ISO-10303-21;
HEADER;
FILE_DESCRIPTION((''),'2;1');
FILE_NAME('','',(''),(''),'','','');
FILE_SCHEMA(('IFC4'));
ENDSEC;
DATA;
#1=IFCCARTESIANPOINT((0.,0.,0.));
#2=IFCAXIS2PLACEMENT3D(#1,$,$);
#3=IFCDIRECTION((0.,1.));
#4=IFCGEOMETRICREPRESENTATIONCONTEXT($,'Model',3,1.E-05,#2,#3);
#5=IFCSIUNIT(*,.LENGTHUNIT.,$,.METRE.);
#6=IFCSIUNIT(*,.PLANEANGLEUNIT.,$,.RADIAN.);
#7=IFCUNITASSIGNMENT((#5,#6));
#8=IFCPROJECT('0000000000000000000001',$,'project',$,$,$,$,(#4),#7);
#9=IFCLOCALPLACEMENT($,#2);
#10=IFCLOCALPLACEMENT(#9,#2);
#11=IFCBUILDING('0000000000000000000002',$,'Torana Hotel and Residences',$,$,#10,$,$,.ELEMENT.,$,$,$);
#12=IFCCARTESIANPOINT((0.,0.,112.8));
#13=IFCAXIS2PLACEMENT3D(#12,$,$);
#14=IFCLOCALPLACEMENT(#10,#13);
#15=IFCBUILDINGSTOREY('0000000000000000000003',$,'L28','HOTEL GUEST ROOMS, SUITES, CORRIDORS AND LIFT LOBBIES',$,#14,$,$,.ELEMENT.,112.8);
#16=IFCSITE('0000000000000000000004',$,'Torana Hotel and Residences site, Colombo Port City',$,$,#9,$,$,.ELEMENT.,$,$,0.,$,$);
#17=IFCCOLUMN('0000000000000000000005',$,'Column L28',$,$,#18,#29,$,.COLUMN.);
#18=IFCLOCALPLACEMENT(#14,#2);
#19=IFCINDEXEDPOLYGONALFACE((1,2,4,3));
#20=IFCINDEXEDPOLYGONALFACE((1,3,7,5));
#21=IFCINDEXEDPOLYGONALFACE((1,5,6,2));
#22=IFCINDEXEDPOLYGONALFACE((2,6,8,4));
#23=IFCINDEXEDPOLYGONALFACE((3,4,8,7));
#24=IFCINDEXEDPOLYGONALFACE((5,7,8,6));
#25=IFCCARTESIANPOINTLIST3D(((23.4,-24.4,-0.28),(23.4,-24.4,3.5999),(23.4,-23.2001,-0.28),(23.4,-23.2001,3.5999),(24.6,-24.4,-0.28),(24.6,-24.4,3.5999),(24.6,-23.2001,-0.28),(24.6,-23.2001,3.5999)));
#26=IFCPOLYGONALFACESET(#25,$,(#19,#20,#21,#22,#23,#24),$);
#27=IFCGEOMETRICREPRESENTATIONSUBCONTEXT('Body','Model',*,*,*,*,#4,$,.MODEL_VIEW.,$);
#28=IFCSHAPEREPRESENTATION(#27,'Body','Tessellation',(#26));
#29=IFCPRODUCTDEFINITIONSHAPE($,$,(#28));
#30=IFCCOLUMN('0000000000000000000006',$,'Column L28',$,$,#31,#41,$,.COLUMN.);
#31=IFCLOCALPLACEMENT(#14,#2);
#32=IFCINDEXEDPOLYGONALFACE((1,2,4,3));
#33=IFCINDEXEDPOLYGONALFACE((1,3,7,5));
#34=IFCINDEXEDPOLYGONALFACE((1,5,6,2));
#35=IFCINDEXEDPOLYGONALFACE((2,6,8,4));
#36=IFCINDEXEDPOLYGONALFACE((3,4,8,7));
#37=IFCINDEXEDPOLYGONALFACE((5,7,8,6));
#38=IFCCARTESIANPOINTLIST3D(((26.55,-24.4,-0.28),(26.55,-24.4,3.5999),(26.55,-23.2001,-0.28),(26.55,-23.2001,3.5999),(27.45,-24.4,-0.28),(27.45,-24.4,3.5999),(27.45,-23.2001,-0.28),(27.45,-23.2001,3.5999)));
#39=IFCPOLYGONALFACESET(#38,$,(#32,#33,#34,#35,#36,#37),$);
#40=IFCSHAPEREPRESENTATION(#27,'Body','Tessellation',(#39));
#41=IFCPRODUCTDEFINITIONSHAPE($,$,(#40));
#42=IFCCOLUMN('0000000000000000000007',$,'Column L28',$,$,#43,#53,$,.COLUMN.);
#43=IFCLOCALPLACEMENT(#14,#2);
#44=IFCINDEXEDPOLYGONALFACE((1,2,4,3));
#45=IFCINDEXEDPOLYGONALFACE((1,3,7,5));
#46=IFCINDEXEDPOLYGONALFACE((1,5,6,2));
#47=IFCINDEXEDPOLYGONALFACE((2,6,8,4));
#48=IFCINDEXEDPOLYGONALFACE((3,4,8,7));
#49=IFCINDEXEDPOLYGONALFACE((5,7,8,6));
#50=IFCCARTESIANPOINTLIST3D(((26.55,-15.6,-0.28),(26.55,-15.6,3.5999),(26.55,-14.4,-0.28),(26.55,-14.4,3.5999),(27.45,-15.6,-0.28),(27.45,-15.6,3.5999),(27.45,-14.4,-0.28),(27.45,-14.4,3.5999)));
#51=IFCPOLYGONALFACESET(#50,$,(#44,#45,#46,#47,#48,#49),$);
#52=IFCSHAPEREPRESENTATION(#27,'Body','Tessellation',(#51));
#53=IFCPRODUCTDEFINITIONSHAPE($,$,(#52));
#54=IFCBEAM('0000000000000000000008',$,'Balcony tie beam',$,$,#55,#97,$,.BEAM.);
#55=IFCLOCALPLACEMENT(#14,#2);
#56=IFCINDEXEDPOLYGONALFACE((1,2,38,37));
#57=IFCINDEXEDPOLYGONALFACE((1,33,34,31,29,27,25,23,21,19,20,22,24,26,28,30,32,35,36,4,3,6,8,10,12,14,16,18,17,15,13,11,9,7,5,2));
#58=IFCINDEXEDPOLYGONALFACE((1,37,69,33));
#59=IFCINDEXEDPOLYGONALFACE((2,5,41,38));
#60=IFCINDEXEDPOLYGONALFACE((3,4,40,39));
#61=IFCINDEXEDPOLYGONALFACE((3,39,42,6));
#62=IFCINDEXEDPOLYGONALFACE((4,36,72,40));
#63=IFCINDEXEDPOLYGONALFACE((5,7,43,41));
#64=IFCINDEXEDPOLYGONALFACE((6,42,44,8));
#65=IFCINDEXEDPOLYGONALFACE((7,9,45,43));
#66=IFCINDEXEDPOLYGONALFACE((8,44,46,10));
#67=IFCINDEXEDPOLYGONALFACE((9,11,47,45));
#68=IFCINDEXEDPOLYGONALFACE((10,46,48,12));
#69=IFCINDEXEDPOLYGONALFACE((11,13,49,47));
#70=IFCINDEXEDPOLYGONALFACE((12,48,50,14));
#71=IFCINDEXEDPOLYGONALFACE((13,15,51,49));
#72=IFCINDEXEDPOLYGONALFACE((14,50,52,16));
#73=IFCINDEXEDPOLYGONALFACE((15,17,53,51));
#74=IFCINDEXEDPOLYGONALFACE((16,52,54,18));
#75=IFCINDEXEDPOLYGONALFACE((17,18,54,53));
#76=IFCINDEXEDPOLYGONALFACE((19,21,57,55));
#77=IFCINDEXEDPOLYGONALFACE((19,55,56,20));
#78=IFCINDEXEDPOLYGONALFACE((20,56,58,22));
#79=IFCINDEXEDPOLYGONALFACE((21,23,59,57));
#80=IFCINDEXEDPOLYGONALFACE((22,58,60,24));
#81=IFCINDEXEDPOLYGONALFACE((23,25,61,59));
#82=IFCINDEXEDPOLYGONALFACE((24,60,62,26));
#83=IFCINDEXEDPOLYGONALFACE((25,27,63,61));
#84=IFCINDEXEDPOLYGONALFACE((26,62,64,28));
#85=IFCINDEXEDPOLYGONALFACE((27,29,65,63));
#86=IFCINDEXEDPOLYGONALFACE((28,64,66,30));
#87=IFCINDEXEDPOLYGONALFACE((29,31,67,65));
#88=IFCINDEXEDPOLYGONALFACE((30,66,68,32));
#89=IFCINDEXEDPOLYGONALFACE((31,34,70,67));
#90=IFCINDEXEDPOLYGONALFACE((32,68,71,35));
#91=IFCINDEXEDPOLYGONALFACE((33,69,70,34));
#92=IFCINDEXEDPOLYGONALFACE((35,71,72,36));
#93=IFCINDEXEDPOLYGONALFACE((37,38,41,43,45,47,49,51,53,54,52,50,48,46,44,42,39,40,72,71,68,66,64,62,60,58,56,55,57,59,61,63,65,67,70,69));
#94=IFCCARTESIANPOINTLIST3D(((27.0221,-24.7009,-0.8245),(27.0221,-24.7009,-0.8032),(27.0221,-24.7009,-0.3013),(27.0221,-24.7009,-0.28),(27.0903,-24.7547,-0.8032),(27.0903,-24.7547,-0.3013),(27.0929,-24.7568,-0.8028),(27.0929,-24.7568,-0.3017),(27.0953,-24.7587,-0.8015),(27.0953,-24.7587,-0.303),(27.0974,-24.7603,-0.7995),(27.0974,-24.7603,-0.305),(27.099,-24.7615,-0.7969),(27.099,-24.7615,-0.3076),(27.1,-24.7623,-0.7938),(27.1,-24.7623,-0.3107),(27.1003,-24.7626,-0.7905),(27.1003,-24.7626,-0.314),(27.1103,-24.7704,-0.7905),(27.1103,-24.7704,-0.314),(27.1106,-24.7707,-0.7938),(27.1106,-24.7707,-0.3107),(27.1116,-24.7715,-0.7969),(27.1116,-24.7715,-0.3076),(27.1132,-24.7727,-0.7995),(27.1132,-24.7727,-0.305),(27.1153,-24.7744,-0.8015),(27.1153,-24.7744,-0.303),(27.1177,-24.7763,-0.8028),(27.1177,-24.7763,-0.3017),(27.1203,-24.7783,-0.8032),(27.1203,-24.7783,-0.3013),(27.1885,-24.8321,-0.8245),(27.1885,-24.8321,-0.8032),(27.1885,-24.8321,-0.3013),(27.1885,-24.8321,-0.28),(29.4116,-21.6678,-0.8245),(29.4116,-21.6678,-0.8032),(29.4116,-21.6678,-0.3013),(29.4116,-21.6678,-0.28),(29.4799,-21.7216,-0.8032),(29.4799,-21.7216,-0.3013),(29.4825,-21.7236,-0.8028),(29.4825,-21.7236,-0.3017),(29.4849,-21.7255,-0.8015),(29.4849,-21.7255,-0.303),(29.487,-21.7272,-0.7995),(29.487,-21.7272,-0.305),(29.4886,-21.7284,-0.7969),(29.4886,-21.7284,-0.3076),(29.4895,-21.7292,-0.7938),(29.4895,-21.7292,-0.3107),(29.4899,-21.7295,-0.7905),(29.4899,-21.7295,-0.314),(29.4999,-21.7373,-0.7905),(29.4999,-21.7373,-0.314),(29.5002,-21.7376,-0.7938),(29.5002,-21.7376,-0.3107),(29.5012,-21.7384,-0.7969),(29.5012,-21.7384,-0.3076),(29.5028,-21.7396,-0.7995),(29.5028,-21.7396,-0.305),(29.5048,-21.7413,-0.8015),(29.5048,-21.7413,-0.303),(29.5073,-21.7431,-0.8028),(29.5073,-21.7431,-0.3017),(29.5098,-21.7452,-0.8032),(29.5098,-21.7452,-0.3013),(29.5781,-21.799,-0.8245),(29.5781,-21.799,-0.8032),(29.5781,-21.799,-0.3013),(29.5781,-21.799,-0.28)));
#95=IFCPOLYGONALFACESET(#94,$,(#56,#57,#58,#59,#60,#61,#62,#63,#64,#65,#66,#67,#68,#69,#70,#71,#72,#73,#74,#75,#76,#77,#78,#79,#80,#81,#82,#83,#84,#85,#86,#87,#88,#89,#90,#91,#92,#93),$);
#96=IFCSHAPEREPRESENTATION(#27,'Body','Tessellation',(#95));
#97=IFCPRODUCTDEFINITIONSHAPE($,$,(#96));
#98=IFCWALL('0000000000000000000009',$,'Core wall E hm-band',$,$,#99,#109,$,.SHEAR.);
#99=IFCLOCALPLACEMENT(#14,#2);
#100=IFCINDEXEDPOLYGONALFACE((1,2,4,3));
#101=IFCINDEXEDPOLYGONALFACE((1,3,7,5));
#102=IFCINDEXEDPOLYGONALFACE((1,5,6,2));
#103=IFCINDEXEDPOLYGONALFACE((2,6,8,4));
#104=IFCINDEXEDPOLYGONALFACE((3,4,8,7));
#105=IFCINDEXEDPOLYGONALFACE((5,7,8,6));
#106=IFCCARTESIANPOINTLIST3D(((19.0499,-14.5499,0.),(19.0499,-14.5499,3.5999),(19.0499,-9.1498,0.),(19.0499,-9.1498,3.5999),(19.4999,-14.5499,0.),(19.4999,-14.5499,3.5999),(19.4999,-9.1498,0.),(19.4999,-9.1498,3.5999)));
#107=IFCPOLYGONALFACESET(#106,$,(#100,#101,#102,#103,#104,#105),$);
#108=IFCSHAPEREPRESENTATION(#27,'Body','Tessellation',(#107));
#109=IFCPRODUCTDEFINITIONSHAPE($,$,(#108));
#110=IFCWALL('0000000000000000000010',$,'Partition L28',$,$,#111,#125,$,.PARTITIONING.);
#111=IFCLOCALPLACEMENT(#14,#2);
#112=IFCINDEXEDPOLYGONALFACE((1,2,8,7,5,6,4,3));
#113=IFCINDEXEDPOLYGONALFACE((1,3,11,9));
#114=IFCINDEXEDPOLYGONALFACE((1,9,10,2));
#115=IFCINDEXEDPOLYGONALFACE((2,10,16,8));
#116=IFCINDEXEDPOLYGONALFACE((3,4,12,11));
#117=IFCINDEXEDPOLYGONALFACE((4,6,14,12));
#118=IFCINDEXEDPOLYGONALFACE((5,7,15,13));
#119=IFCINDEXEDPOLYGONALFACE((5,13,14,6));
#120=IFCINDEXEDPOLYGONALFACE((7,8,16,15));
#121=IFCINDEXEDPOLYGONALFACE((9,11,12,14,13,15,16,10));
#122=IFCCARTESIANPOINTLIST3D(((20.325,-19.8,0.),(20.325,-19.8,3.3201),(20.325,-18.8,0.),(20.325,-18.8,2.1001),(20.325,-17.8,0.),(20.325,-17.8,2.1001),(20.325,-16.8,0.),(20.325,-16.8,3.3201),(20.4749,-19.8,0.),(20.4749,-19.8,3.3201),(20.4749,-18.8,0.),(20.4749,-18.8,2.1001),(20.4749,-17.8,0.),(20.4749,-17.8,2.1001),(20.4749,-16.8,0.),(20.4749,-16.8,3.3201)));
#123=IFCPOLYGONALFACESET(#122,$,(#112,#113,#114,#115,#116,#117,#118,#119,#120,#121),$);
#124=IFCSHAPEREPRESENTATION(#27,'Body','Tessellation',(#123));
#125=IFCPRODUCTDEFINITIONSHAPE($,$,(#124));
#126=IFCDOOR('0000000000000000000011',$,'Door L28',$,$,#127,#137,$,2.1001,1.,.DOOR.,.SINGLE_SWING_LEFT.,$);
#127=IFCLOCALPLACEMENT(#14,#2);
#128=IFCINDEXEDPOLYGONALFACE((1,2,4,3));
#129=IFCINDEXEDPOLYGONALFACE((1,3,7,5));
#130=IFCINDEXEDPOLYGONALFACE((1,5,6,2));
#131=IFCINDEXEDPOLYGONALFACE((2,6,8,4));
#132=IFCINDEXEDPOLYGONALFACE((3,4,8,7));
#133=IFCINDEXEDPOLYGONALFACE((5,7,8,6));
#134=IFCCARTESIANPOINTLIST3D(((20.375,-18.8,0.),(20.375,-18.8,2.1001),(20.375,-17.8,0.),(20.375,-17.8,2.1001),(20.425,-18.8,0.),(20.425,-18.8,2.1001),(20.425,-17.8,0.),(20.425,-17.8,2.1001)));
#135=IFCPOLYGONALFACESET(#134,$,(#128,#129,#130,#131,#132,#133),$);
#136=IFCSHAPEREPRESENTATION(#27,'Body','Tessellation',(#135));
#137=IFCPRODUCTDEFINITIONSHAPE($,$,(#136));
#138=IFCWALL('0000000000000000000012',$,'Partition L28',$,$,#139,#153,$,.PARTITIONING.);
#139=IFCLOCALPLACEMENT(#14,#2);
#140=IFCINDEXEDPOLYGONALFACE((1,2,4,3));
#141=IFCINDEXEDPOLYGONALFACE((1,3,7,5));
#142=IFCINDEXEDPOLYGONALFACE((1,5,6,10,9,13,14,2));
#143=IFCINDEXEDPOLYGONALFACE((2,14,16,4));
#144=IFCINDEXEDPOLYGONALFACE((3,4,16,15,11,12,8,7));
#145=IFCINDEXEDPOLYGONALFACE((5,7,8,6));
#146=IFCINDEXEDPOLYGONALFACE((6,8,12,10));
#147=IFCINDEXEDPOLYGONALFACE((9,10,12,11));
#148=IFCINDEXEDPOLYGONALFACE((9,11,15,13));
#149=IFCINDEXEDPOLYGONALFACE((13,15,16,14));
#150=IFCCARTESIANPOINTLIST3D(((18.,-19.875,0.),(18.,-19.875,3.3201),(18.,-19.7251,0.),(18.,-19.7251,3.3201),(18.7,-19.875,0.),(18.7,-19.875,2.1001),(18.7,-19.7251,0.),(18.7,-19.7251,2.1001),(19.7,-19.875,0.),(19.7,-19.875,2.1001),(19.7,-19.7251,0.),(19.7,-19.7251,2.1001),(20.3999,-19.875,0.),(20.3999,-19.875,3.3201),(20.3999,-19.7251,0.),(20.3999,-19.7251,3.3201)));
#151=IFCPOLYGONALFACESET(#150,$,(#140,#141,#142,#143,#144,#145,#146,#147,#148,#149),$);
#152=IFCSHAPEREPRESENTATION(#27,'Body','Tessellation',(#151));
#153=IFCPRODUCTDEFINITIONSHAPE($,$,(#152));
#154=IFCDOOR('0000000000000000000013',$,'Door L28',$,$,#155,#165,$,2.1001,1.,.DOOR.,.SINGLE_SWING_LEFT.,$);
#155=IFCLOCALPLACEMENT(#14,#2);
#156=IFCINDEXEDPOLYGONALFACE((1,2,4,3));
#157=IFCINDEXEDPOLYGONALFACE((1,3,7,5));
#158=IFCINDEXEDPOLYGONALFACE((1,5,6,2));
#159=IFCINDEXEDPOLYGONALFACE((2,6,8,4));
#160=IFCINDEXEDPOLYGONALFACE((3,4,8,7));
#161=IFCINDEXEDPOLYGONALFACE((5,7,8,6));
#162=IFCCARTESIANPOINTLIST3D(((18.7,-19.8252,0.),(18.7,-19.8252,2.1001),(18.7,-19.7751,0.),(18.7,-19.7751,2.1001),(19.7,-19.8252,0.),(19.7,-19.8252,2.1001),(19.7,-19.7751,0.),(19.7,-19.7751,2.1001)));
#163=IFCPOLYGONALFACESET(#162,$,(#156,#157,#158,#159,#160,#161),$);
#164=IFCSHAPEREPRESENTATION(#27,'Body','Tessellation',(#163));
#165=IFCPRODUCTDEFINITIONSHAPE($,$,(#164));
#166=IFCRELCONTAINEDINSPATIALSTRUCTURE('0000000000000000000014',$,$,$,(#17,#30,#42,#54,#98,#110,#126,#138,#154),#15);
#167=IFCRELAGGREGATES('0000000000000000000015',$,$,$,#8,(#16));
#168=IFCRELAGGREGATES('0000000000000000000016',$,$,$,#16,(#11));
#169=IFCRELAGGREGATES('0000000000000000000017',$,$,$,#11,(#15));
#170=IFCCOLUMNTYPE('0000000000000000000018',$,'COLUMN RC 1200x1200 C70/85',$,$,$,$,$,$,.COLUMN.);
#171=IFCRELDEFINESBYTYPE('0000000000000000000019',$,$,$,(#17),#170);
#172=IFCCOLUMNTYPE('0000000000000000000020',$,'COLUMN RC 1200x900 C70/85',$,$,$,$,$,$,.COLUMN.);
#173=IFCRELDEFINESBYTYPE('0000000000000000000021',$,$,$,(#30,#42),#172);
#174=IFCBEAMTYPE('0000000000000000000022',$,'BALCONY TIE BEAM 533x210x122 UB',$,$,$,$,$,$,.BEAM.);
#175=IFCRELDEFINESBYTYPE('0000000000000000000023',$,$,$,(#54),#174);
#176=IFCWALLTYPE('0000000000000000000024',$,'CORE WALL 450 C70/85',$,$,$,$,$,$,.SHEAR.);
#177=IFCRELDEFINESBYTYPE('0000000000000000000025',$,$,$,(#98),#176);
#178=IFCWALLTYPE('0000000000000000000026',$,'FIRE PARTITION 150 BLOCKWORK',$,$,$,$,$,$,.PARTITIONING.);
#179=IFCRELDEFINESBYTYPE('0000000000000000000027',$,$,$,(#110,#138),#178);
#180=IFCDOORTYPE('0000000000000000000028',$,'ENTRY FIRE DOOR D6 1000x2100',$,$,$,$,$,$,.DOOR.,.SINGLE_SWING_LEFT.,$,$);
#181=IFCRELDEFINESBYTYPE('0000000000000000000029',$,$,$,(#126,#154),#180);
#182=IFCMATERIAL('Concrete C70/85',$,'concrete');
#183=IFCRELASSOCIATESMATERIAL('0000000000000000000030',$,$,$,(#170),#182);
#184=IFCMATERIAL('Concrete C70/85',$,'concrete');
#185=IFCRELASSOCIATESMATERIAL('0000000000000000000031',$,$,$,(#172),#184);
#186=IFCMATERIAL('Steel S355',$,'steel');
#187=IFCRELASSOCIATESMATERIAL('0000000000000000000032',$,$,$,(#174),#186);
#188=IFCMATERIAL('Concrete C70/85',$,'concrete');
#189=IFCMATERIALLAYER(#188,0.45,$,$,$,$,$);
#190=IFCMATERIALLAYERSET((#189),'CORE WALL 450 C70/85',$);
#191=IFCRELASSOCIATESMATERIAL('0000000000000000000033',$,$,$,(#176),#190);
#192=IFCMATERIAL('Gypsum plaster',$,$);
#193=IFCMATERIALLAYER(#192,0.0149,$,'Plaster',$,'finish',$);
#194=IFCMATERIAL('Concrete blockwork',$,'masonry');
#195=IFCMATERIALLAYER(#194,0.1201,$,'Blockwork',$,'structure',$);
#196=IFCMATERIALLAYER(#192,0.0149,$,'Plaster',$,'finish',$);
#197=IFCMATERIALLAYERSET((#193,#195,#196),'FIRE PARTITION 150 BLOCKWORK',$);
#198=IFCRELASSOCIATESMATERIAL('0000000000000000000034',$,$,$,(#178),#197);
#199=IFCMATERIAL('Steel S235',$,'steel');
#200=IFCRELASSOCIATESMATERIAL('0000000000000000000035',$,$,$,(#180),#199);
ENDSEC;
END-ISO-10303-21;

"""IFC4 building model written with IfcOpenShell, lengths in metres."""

from ifc_helpers import new_model, si_unit, direction, frame, frame_2d, origin, origin_2d, place, context, subcontext, project, spatial, rectangle, i_section, extrude, material, layer, layer_set, material_profile, profile_set, type_object, element, fill, save


model = new_model("IFC4")

# Units and contexts
model_context = context("Model", 3, precision=1e-05, world=origin(), true_north=direction((0.0, 1.0)))
body_context = subcontext(model_context, "Body", "Model", "MODEL_VIEW")
ifc_project = project(units=[si_unit("LENGTHUNIT", "METRE"), si_unit("PLANEANGLEUNIT", "RADIAN")], contexts=[model_context])

# Site, building, storey
site_placement = place(None, origin())
site = spatial("IfcSite", under=ifc_project, at=site_placement, Name="Torana Hotel and Residences site, Colombo Port City", CompositionType="ELEMENT", RefElevation=0.0)
building_placement = place(site_placement, origin())
building = spatial("IfcBuilding", under=site, at=building_placement, Name="Torana Hotel and Residences", CompositionType="ELEMENT")
storey_placement = place(building_placement, frame((0.0, 0.0, 112.8)))
storey = spatial("IfcBuildingStorey", under=building, at=storey_placement, Name="L28", Description="HOTEL GUEST ROOMS, SUITES, CORRIDORS AND LIFT LOBBIES", CompositionType="ELEMENT", Elevation=112.8)

# Columns
ifc_material_1 = material(Name="Concrete C70/85", Category="concrete")
ifc_material_profile_1 = material_profile(ifc_material_1, rectangle(XDim=1.2, YDim=1.2, at=origin_2d()), Name="RC 1200x1200")
ifc_profile_set_1 = profile_set([ifc_material_profile_1], Name="Concrete C70/85")
column_type_1 = type_object("IfcColumnType", Name="COLUMN RC 1200x1200 C70/85", PredefinedType="COLUMN", material=ifc_profile_set_1)
column_placement = place(storey_placement, frame((24.0, -23.8, -0.28), z_axis=(0.0, 0.0, 1.0), x_axis=(1.0, 0.0, 0.0)))
element("IfcColumn", 1, at=column_placement, inside=storey, type_object=column_type_1, Name="Column L28", PredefinedType="COLUMN", context=body_context, shape_type="SweptSolid", body=[
    extrude(rectangle(XDim=1.2, YDim=1.2, at=origin_2d()), origin(), (0.0, 0.0, 1.0), 3.8799),
])
ifc_material_2 = material(Name="Concrete C70/85", Category="concrete")
ifc_material_profile_2 = material_profile(ifc_material_2, rectangle(XDim=1.2, YDim=0.8999, at=origin_2d()), Name="RC 1200x900")
ifc_profile_set_2 = profile_set([ifc_material_profile_2], Name="Concrete C70/85")
column_type_2 = type_object("IfcColumnType", Name="COLUMN RC 1200x900 C70/85", PredefinedType="COLUMN", material=ifc_profile_set_2)
for number, where, z_axis, x_axis, name in (
    (2, (27.0, -23.8, -0.28), (0.0, 0.0, 1.0), (0.0, 1.0, 0.0), "Column L28"),
    (3, (27.0, -15.0, -0.28), (0.0, 0.0, 1.0), (0.0, 1.0, 0.0), "Column L28"),
):
    element("IfcColumn", number, at=place(storey_placement, frame(where, z_axis=z_axis, x_axis=x_axis)), inside=storey, type_object=column_type_2, Name=name, PredefinedType="COLUMN", context=body_context, shape_type="SweptSolid", body=[
        extrude(rectangle(XDim=1.2, YDim=0.8999, at=origin_2d()), origin(), (0.0, 0.0, 1.0), 3.8799),
    ])

# Beam
ifc_material_3 = material(Name="Steel S355", Category="steel")
ifc_material_profile_3 = material_profile(ifc_material_3, i_section(OverallWidth=0.2119, OverallDepth=0.5444, WebThickness=0.0127, FlangeThickness=0.0212, FilletRadius=0.0127, at=origin_2d()), Name="533x210x122 UB")
ifc_profile_set_3 = profile_set([ifc_material_profile_3], Name="Steel S355")
beam_type = type_object("IfcBeamType", Name="BALCONY TIE BEAM 533x210x122 UB", PredefinedType="BEAM", material=ifc_profile_set_3)
beam_placement = place(storey_placement, frame((29.4949, -21.7334, -0.5522), z_axis=(-0.618849, -0.78551, 0.0), x_axis=(0.78551, -0.618849, 0.0)))
element("IfcBeam", 4, at=beam_placement, inside=storey, type_object=beam_type, Name="Balcony tie beam", PredefinedType="BEAM", context=body_context, shape_type="SweptSolid", body=[
    extrude(i_section(OverallWidth=0.2119, OverallDepth=0.5444, WebThickness=0.0127, FlangeThickness=0.0212, FilletRadius=0.0127, at=origin_2d()), origin(), (0.0, 0.0, 1.0), 3.8613),
])

# Wall
ifc_material_4 = material(Name="Concrete C70/85", Category="concrete")
ifc_layer_1 = layer(ifc_material_4, 0.45)
ifc_layer_set_1 = layer_set([ifc_layer_1], Name="CORE WALL 450 C70/85")
wall_type_1 = type_object("IfcWallType", Name="CORE WALL 450 C70/85", PredefinedType="SHEAR", material=ifc_layer_set_1)
wall_1_placement = place(storey_placement, frame((19.2749, -14.55, 0.0), z_axis=(0.0, 0.0, 1.0), x_axis=(0.0, 1.0, 0.0)))
element("IfcWall", 5, at=wall_1_placement, inside=storey, type_object=wall_type_1, Name="Core wall E hm-band", PredefinedType="SHEAR", context=body_context, shape_type="SweptSolid", body=[
    extrude(rectangle(XDim=5.4001, YDim=0.45, at=frame_2d((2.7002, 0.0))), origin(), (0.0, 0.0, 1.0), 3.5999),
])

# Walls, openings, doors
ifc_material_5 = material(Name="Gypsum plaster")
ifc_layer_2 = layer(ifc_material_5, 0.0149, Name="Plaster", Category="finish")
ifc_material_6 = material(Name="Concrete blockwork", Category="masonry")
ifc_layer_3 = layer(ifc_material_6, 0.1201, Name="Blockwork", Category="structure")
ifc_layer_4 = layer(ifc_material_5, 0.0149, Name="Plaster", Category="finish")
ifc_layer_set_2 = layer_set([ifc_layer_2, ifc_layer_3, ifc_layer_4], Name="FIRE PARTITION 150 BLOCKWORK")
wall_type_2 = type_object("IfcWallType", Name="FIRE PARTITION 150 BLOCKWORK", PredefinedType="PARTITIONING", material=ifc_layer_set_2)
wall_2_placement = place(storey_placement, frame((20.3999, -19.8, 0.0), z_axis=(0.0, 0.0, 1.0), x_axis=(0.0, 1.0, 0.0)))
wall_2 = element("IfcWall", 6, at=wall_2_placement, inside=storey, type_object=wall_type_2, Name="Partition L28", PredefinedType="PARTITIONING", context=body_context, shape_type="SweptSolid", body=[
    extrude(rectangle(XDim=3.0, YDim=0.1499, at=frame_2d((1.5, 0.0))), origin(), (0.0, 0.0, 1.0), 3.3201),
])
opening_1_placement = place(wall_2_placement, frame((1.0, 0.0, 0.0)))
opening_1 = element("IfcOpeningElement", 7, at=opening_1_placement, cuts=wall_2, PredefinedType="OPENING", context=body_context, shape_type="SweptSolid", body=[
    extrude(rectangle(XDim=1.0, YDim=2.1001, at=frame_2d((0.5, 1.05))), frame((0.0, 0.085, 0.0), z_axis=(0.0, -1.0, 0.0), x_axis=(1.0, 0.0, 0.0)), (0.0, 0.0, 1.0), 0.1699),
])
ifc_material_7 = material(Name="Steel S235", Category="steel")
door_type_1 = type_object("IfcDoorType", Name="ENTRY FIRE DOOR D6 1000x2100", OperationType="SINGLE_SWING_LEFT", PredefinedType="DOOR", material=ifc_material_7)
door_1_placement = place(opening_1_placement, frame((0.5, 0.0, 0.0), z_axis=(0.0, 0.0, 1.0), x_axis=(-1.0, 0.0, 0.0)))
door_1 = element("IfcDoor", 8, at=door_1_placement, inside=storey, type_object=door_type_1, Name="Door L28", OperationType="SINGLE_SWING_LEFT", OverallHeight=2.1001, OverallWidth=1.0, PredefinedType="DOOR", context=body_context, shape_type="SweptSolid", body=[
    extrude(rectangle(XDim=1.0, YDim=2.1001, at=frame_2d((0.0, 1.05))), frame((0.0, -0.0249, 0.0), z_axis=(0.0, 1.0, 0.0), x_axis=(-1.0, 0.0, 0.0)), (0.0, 0.0, 1.0), 0.05),
])
fill(opening_1, door_1)
wall_3_placement = place(storey_placement, frame((18.0, -19.8, 0.0), z_axis=(0.0, 0.0, 1.0), x_axis=(1.0, 0.0, 0.0)))
wall_3 = element("IfcWall", 9, at=wall_3_placement, inside=storey, type_object=wall_type_2, Name="Partition L28", PredefinedType="PARTITIONING", context=body_context, shape_type="SweptSolid", body=[
    extrude(rectangle(XDim=2.3999, YDim=0.1499, at=frame_2d((1.2, 0.0))), origin(), (0.0, 0.0, 1.0), 3.3201),
])
opening_2_placement = place(wall_3_placement, frame((0.7, 0.0, 0.0)))
opening_2 = element("IfcOpeningElement", 10, at=opening_2_placement, cuts=wall_3, PredefinedType="OPENING", context=body_context, shape_type="SweptSolid", body=[
    extrude(rectangle(XDim=1.0, YDim=2.1001, at=frame_2d((0.5, 1.05))), frame((0.0, 0.085, 0.0), z_axis=(0.0, -1.0, 0.0), x_axis=(1.0, 0.0, 0.0)), (0.0, 0.0, 1.0), 0.1699),
])
door_2_placement = place(opening_2_placement, frame((0.5, 0.0, 0.0), z_axis=(0.0, 0.0, 1.0), x_axis=(-1.0, 0.0, 0.0)))
door_2 = element("IfcDoor", 11, at=door_2_placement, inside=storey, type_object=door_type_1, Name="Door L28", OperationType="SINGLE_SWING_LEFT", OverallHeight=2.1001, OverallWidth=1.0, PredefinedType="DOOR", context=body_context, shape_type="SweptSolid", body=[
    extrude(rectangle(XDim=1.0, YDim=2.1001, at=frame_2d((0.0, 1.05))), frame((0.0, -0.0249, 0.0), z_axis=(0.0, 1.0, 0.0), x_axis=(-1.0, 0.0, 0.0)), (0.0, 0.0, 1.0), 0.05),
])
fill(opening_2, door_2)

save(model, "model.ifc")
